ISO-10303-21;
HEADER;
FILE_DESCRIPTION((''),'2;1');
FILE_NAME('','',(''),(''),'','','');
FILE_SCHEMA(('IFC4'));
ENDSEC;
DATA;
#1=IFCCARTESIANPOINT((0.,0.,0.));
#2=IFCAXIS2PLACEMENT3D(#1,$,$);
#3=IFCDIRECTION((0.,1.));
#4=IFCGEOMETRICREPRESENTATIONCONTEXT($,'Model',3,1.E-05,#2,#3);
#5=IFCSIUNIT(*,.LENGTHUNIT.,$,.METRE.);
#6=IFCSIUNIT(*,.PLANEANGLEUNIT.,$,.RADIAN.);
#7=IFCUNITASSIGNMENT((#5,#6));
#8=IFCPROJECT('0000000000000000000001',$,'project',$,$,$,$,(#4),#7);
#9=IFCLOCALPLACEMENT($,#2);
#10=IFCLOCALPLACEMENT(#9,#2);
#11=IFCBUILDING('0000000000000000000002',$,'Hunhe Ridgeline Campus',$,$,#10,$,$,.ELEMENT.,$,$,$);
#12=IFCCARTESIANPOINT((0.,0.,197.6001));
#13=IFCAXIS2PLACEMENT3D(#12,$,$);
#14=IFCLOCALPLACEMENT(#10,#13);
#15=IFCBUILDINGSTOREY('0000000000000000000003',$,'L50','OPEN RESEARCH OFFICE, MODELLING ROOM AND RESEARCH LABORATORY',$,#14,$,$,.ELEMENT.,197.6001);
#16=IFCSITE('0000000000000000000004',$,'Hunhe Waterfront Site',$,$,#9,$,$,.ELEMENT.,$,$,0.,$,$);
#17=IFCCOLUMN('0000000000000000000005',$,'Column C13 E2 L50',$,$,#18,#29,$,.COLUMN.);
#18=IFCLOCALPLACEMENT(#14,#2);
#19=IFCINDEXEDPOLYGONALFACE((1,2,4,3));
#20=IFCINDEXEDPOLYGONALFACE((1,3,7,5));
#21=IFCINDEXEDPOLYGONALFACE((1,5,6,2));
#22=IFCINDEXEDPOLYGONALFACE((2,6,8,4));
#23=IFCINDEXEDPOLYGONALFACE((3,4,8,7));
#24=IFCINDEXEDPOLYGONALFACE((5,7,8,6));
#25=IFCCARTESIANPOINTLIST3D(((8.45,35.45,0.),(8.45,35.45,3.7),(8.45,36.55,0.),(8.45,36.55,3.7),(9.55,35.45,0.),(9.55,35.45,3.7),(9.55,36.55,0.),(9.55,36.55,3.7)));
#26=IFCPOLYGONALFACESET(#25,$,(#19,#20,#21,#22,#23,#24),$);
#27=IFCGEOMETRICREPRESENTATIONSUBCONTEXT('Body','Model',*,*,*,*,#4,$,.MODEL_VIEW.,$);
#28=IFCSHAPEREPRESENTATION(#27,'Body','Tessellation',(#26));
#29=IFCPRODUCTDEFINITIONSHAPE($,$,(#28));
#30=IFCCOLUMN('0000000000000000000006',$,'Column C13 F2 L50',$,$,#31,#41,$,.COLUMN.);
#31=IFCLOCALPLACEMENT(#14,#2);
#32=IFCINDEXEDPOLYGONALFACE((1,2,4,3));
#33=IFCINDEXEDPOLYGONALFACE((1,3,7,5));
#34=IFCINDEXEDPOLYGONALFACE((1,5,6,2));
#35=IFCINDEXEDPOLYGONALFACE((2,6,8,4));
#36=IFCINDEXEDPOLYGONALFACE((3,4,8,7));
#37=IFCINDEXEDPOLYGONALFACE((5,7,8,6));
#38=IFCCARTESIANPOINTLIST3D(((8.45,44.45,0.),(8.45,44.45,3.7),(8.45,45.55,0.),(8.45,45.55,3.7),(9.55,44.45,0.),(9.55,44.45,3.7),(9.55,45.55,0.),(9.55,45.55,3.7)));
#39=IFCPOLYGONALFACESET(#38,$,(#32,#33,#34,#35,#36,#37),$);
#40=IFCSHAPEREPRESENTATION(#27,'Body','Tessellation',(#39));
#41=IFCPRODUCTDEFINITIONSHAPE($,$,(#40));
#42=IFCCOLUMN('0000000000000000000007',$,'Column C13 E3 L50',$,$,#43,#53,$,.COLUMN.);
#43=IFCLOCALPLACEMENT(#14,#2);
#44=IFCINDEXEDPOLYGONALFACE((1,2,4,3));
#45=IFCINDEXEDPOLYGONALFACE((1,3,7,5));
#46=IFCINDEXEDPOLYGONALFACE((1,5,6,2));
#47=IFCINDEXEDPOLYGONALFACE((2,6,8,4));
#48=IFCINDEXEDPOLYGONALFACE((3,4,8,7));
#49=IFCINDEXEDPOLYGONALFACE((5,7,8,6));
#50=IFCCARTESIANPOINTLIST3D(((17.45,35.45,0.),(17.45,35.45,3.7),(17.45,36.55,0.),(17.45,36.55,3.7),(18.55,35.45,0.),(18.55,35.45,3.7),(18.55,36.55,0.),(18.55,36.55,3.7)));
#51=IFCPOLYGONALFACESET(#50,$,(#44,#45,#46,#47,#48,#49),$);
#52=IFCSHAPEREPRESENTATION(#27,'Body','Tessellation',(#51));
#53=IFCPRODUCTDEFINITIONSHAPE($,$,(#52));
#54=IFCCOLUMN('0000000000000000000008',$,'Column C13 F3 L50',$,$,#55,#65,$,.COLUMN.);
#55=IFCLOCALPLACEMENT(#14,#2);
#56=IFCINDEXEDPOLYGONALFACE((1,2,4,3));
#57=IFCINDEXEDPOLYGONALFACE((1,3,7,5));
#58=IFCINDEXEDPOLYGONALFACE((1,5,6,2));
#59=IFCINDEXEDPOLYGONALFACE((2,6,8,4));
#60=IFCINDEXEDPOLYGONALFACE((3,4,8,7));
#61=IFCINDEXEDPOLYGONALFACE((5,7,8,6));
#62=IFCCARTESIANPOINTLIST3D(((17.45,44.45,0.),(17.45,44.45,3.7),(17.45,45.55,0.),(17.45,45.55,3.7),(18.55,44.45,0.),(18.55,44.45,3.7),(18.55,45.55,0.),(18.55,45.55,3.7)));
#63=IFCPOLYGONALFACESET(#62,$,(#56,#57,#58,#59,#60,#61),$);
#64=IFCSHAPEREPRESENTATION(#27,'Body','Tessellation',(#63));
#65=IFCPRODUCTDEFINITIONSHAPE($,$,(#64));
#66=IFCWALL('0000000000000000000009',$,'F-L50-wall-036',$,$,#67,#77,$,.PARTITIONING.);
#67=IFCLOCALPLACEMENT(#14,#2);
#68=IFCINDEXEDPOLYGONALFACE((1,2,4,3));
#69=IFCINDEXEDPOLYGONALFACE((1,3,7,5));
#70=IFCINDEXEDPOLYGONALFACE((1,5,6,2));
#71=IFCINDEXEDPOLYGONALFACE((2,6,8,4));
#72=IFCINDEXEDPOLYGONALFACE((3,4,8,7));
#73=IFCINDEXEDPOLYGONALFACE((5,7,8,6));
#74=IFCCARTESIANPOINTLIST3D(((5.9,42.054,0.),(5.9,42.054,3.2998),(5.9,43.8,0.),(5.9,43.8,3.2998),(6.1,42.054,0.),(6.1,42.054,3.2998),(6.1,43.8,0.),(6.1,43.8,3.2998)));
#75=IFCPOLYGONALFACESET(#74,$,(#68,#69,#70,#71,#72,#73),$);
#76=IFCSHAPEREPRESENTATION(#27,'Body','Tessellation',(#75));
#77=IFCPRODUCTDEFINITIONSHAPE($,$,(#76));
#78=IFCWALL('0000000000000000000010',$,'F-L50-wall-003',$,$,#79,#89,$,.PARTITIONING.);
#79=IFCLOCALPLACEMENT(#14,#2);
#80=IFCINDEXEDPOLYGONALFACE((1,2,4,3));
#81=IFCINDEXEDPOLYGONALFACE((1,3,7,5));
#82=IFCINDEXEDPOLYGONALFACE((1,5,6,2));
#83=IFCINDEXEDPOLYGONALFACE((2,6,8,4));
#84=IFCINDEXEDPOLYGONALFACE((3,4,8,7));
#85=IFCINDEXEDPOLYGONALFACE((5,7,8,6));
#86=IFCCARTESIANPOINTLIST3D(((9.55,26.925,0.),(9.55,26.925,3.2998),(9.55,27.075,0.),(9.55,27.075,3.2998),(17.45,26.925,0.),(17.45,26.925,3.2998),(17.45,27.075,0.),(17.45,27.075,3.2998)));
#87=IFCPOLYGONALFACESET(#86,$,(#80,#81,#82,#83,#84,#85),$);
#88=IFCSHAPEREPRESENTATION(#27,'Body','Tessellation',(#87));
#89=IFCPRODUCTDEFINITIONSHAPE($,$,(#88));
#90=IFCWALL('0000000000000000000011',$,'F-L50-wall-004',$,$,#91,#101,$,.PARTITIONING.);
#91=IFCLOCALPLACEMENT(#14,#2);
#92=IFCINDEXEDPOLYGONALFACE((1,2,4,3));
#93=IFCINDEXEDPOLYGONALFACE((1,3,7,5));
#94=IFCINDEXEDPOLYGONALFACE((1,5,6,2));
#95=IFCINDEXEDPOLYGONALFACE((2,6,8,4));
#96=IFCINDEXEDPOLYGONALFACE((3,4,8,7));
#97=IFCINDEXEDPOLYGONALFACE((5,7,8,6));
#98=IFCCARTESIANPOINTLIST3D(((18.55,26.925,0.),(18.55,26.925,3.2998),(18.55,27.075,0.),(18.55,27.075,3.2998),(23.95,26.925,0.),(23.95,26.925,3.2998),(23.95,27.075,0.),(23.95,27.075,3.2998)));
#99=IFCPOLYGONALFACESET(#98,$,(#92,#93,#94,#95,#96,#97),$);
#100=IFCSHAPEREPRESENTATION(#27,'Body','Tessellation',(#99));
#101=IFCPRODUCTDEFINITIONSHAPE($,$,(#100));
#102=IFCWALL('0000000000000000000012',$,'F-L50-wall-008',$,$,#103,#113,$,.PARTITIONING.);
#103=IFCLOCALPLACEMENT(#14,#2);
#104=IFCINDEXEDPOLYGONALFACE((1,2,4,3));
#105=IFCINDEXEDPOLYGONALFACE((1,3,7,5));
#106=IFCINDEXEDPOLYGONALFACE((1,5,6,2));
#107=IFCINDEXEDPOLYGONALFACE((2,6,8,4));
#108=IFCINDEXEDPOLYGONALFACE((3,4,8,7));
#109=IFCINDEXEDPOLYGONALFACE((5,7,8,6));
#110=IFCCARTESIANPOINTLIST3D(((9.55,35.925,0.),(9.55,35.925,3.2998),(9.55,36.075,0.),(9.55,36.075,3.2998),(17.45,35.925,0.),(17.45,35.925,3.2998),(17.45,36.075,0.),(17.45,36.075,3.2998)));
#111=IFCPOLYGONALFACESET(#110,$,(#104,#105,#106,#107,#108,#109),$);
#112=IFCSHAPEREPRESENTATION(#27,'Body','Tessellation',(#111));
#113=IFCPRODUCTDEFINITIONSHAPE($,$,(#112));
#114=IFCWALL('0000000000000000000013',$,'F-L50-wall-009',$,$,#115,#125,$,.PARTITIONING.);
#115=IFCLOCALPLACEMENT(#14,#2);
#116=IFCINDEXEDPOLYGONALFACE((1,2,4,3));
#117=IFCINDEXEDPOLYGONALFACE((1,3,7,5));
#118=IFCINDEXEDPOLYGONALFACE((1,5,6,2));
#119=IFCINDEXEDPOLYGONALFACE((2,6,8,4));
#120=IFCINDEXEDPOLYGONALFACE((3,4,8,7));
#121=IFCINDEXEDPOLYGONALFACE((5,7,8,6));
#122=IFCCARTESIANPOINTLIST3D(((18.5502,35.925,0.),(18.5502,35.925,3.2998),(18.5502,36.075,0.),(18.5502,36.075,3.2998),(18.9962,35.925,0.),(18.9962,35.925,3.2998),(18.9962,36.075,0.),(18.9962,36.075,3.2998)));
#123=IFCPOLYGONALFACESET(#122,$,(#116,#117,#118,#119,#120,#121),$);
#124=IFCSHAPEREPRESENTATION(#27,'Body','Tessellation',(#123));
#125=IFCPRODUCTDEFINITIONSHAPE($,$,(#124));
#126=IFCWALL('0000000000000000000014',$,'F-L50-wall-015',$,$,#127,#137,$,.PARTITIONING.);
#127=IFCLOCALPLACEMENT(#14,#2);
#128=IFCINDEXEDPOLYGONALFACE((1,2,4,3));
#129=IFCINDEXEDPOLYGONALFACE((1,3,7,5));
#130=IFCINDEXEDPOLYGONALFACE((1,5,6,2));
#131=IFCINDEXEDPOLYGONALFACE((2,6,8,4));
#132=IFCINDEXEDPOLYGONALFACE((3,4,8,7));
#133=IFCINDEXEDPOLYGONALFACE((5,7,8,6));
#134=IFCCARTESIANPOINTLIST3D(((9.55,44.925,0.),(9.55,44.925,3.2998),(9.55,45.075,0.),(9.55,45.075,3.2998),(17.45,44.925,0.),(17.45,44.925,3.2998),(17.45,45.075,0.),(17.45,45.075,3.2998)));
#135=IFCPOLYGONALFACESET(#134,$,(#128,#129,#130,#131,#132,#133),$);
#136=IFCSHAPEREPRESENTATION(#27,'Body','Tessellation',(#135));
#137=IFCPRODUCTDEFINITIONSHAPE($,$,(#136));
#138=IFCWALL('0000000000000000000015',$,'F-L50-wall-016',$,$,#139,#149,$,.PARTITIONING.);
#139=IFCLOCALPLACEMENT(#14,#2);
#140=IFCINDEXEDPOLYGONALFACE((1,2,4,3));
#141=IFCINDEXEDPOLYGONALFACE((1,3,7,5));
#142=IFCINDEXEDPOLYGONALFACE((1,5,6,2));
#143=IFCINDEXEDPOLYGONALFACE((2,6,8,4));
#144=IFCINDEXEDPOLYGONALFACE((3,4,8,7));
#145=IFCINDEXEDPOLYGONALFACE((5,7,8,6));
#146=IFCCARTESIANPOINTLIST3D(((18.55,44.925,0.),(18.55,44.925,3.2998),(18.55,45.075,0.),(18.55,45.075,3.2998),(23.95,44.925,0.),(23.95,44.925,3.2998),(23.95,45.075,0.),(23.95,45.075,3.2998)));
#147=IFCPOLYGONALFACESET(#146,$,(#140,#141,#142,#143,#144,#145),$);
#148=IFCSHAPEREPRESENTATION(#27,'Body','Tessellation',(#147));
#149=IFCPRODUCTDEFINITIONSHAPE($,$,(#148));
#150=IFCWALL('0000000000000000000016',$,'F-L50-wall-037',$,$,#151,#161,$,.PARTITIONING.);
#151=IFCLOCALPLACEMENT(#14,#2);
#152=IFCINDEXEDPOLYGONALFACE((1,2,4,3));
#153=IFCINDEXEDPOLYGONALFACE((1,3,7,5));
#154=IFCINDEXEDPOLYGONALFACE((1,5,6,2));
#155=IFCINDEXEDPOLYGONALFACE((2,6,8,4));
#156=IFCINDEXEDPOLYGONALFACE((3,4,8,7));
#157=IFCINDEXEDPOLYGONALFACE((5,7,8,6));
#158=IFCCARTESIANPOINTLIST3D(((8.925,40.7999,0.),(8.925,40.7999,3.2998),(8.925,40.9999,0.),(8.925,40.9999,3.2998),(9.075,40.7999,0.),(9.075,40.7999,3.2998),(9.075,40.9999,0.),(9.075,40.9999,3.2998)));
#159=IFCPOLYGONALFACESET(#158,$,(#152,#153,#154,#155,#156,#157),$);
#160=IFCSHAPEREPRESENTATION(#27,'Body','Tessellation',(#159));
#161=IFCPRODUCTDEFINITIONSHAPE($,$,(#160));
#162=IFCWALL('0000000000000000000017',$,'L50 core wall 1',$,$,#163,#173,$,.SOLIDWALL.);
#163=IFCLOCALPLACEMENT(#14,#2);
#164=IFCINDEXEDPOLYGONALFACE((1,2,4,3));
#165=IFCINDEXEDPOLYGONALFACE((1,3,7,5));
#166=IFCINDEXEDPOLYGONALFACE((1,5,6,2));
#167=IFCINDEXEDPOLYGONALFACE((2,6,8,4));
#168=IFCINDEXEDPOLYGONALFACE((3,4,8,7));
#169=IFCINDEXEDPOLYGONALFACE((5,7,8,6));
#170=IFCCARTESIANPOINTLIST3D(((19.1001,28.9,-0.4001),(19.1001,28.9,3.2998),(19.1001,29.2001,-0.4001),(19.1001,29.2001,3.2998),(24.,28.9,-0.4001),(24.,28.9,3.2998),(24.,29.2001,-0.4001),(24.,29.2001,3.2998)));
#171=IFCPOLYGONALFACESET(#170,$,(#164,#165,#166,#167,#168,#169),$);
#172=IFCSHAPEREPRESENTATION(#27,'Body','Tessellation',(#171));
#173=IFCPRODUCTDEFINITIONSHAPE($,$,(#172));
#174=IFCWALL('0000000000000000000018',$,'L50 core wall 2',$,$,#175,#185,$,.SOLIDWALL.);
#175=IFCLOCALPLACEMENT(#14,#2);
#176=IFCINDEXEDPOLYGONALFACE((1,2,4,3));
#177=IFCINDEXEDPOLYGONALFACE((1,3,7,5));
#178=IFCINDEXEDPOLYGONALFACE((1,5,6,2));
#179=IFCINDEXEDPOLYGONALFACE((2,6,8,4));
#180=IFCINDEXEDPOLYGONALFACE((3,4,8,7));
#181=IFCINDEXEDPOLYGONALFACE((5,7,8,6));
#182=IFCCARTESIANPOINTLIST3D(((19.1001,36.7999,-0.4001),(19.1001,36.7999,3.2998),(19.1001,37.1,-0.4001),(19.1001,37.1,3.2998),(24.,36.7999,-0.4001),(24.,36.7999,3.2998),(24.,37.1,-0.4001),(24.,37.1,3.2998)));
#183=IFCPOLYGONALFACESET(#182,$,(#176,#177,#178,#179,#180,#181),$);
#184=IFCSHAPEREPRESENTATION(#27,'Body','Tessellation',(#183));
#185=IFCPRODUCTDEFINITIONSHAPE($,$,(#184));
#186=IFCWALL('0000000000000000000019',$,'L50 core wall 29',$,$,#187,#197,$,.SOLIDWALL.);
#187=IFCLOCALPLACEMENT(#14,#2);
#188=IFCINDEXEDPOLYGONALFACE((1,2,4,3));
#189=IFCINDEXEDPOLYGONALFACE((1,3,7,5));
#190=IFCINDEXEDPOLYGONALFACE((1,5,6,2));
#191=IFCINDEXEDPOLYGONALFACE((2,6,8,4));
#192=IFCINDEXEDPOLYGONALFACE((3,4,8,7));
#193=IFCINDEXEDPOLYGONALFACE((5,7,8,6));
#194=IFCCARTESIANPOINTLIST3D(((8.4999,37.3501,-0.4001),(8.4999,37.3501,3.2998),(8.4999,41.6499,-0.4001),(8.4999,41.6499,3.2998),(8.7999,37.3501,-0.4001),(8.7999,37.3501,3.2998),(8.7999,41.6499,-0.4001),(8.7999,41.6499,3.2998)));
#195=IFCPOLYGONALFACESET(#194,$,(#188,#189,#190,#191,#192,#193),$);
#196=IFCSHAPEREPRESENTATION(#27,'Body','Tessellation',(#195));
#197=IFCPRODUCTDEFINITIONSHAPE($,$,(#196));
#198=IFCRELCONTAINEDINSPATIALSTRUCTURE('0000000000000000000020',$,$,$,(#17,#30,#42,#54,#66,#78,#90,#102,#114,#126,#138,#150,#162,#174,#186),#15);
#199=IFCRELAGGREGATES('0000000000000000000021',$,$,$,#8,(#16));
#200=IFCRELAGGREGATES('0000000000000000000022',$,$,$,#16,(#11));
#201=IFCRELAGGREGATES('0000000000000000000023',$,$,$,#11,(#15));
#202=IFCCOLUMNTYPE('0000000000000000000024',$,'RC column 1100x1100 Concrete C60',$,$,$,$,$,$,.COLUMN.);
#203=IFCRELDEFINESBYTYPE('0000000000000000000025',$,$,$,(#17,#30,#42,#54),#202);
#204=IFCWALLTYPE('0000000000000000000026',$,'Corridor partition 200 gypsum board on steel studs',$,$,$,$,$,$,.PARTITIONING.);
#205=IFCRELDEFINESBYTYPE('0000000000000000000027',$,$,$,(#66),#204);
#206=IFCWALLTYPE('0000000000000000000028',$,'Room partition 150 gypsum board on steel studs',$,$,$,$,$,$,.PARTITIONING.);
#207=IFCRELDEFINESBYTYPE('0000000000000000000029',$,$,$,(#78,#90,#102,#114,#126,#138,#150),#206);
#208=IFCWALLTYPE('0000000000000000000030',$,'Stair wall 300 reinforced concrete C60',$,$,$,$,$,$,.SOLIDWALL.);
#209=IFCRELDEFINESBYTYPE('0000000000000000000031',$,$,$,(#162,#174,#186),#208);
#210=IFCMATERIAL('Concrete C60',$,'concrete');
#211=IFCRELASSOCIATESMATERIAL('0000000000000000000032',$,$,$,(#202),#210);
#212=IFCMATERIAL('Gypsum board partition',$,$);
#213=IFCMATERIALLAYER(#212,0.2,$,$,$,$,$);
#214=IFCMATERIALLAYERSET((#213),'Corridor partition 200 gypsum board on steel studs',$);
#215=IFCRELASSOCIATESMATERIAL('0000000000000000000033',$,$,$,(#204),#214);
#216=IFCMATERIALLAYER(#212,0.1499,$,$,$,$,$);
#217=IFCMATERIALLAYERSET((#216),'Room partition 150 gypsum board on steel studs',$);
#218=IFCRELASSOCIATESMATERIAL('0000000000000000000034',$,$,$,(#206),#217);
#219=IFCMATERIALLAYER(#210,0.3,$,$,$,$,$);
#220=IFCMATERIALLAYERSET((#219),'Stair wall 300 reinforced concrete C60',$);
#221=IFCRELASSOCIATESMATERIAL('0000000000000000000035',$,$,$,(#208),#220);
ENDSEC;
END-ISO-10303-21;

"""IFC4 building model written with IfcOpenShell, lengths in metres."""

from ifc_helpers import new_model, si_unit, direction, frame, frame_2d, origin, origin_2d, place, context, subcontext, project, spatial, rectangle, extrude, material, layer, layer_set, material_profile, profile_set, type_object, element, save


model = new_model("IFC4")

# Units and contexts
model_context = context("Model", 3, precision=1e-05, world=origin(), true_north=direction((0.0, 1.0)))
body_context = subcontext(model_context, "Body", "Model", "MODEL_VIEW")
ifc_project = project(units=[si_unit("LENGTHUNIT", "METRE"), si_unit("PLANEANGLEUNIT", "RADIAN")], contexts=[model_context])

# Site, building, storey
site_placement = place(None, origin())
site = spatial("IfcSite", under=ifc_project, at=site_placement, Name="Hunhe Waterfront Site", CompositionType="ELEMENT", RefElevation=0.0)
building_placement = place(site_placement, origin())
building = spatial("IfcBuilding", under=site, at=building_placement, Name="Hunhe Ridgeline Campus", CompositionType="ELEMENT")
storey_placement = place(building_placement, frame((0.0, 0.0, 197.6001)))
storey = spatial("IfcBuildingStorey", under=building, at=storey_placement, Name="L50", Description="OPEN RESEARCH OFFICE, MODELLING ROOM AND RESEARCH LABORATORY", CompositionType="ELEMENT", Elevation=197.6001)

# Columns
ifc_material_1 = material(Name="Concrete C60", Category="concrete")
ifc_material_profile = material_profile(ifc_material_1, rectangle(XDim=1.1001, YDim=1.1001, at=origin_2d()))
ifc_profile_set = profile_set([ifc_material_profile], Name="Concrete C60")
column_type = type_object("IfcColumnType", Name="RC column 1100x1100 Concrete C60", PredefinedType="COLUMN", material=ifc_profile_set)
for number, where, z_axis, x_axis, name in (
    (1, (9.0, 36.0, 0.0), (0.0, 0.0, 1.0), (1.0, 0.0, 0.0), "Column C13 E2 L50"),
    (2, (9.0, 45.0, 0.0), (0.0, 0.0, 1.0), (1.0, 0.0, 0.0), "Column C13 F2 L50"),
    (3, (18.0, 36.0, 0.0), (0.0, 0.0, 1.0), (1.0, 0.0, 0.0), "Column C13 E3 L50"),
    (4, (18.0, 45.0, 0.0), (0.0, 0.0, 1.0), (1.0, 0.0, 0.0), "Column C13 F3 L50"),
):
    element("IfcColumn", number, at=place(storey_placement, frame(where, z_axis=z_axis, x_axis=x_axis)), inside=storey, type_object=column_type, Name=name, PredefinedType="COLUMN", context=body_context, shape_type="SweptSolid", body=[
        extrude(rectangle(XDim=1.1001, YDim=1.1001, at=origin_2d()), origin(), (0.0, 0.0, 1.0), 3.7),
    ])

# Shared definitions
ifc_material_2 = material(Name="Gypsum board partition")
ifc_layer_1 = layer(ifc_material_2, 0.2)
ifc_layer_set_1 = layer_set([ifc_layer_1], Name="Corridor partition 200 gypsum board on steel studs")
wall_type_1 = type_object("IfcWallType", Name="Corridor partition 200 gypsum board on steel studs", PredefinedType="PARTITIONING", material=ifc_layer_set_1)

# Walls
wall_1_placement = place(storey_placement, frame((6.0, 42.054, 0.0), z_axis=(0.0, 0.0, 1.0), x_axis=(0.0, 1.0, 0.0)))
element("IfcWall", 5, at=wall_1_placement, inside=storey, type_object=wall_type_1, Name="F-L50-wall-036", PredefinedType="PARTITIONING", context=body_context, shape_type="SweptSolid", body=[
    extrude(rectangle(XDim=1.7461, YDim=0.2, at=frame_2d((0.873, 0.0))), origin(), (0.0, 0.0, 1.0), 3.2998),
])
ifc_layer_2 = layer(ifc_material_2, 0.1499)
ifc_layer_set_2 = layer_set([ifc_layer_2], Name="Room partition 150 gypsum board on steel studs")
wall_type_2 = type_object("IfcWallType", Name="Room partition 150 gypsum board on steel studs", PredefinedType="PARTITIONING", material=ifc_layer_set_2)
wall_2_placement = place(storey_placement, frame((9.55, 27.0, 0.0), z_axis=(0.0, 0.0, 1.0), x_axis=(1.0, 0.0, 0.0)))
element("IfcWall", 6, at=wall_2_placement, inside=storey, type_object=wall_type_2, Name="F-L50-wall-003", PredefinedType="PARTITIONING", context=body_context, shape_type="SweptSolid", body=[
    extrude(rectangle(XDim=7.8999, YDim=0.1499, at=frame_2d((3.95, 0.0))), origin(), (0.0, 0.0, 1.0), 3.2998),
])
wall_3_placement = place(storey_placement, frame((18.55, 27.0, 0.0), z_axis=(0.0, 0.0, 1.0), x_axis=(1.0, 0.0, 0.0)))
element("IfcWall", 7, at=wall_3_placement, inside=storey, type_object=wall_type_2, Name="F-L50-wall-004", PredefinedType="PARTITIONING", context=body_context, shape_type="SweptSolid", body=[
    extrude(rectangle(XDim=5.3999, YDim=0.1499, at=frame_2d((2.7, 0.0))), origin(), (0.0, 0.0, 1.0), 3.2998),
])
wall_4_placement = place(storey_placement, frame((9.55, 36.0, 0.0), z_axis=(0.0, 0.0, 1.0), x_axis=(1.0, 0.0, 0.0)))
element("IfcWall", 8, at=wall_4_placement, inside=storey, type_object=wall_type_2, Name="F-L50-wall-008", PredefinedType="PARTITIONING", context=body_context, shape_type="SweptSolid", body=[
    extrude(rectangle(XDim=7.8999, YDim=0.1499, at=frame_2d((3.95, 0.0))), origin(), (0.0, 0.0, 1.0), 3.2998),
])
wall_5_placement = place(storey_placement, frame((18.55, 36.0, 0.0), z_axis=(0.0, 0.0, 1.0), x_axis=(1.0, 0.0, 0.0)))
element("IfcWall", 9, at=wall_5_placement, inside=storey, type_object=wall_type_2, Name="F-L50-wall-009", PredefinedType="PARTITIONING", context=body_context, shape_type="SweptSolid", body=[
    extrude(rectangle(XDim=0.446, YDim=0.1499, at=frame_2d((0.2231, 0.0))), origin(), (0.0, 0.0, 1.0), 3.2998),
])
wall_6_placement = place(storey_placement, frame((9.55, 45.0, 0.0), z_axis=(0.0, 0.0, 1.0), x_axis=(1.0, 0.0, 0.0)))
element("IfcWall", 10, at=wall_6_placement, inside=storey, type_object=wall_type_2, Name="F-L50-wall-015", PredefinedType="PARTITIONING", context=body_context, shape_type="SweptSolid", body=[
    extrude(rectangle(XDim=7.8999, YDim=0.1499, at=frame_2d((3.95, 0.0))), origin(), (0.0, 0.0, 1.0), 3.2998),
])
wall_7_placement = place(storey_placement, frame((18.55, 45.0, 0.0), z_axis=(0.0, 0.0, 1.0), x_axis=(1.0, 0.0, 0.0)))
element("IfcWall", 11, at=wall_7_placement, inside=storey, type_object=wall_type_2, Name="F-L50-wall-016", PredefinedType="PARTITIONING", context=body_context, shape_type="SweptSolid", body=[
    extrude(rectangle(XDim=5.3999, YDim=0.1499, at=frame_2d((2.7, 0.0))), origin(), (0.0, 0.0, 1.0), 3.2998),
])
wall_8_placement = place(storey_placement, frame((9.0, 41.0, 0.0), z_axis=(0.0, 0.0, 1.0), x_axis=(0.0, -1.0, 0.0)))
element("IfcWall", 12, at=wall_8_placement, inside=storey, type_object=wall_type_2, Name="F-L50-wall-037", PredefinedType="PARTITIONING", context=body_context, shape_type="SweptSolid", body=[
    extrude(rectangle(XDim=0.2, YDim=0.1499, at=frame_2d((0.1001, 0.0))), origin(), (0.0, 0.0, 1.0), 3.2998),
])
ifc_layer_3 = layer(ifc_material_1, 0.3)
ifc_layer_set_3 = layer_set([ifc_layer_3], Name="Stair wall 300 reinforced concrete C60")
wall_type_3 = type_object("IfcWallType", Name="Stair wall 300 reinforced concrete C60", PredefinedType="SOLIDWALL", material=ifc_layer_set_3)
for number, where, z_axis, x_axis, name in (
    (13, (19.1001, 29.05, -0.4001), (0.0, 0.0, 1.0), (1.0, 0.0, 0.0), "L50 core wall 1"),
    (14, (19.1001, 36.95, -0.4001), (0.0, 0.0, 1.0), (1.0, 0.0, 0.0), "L50 core wall 2"),
):
    element("IfcWall", number, at=place(storey_placement, frame(where, z_axis=z_axis, x_axis=x_axis)), inside=storey, type_object=wall_type_3, Name=name, PredefinedType="SOLIDWALL", context=body_context, shape_type="SweptSolid", body=[
        extrude(rectangle(XDim=4.8999, YDim=0.3, at=frame_2d((2.45, 0.0))), origin(), (0.0, 0.0, 1.0), 3.7),
    ])
wall_9_placement = place(storey_placement, frame((8.6499, 37.3501, -0.4001), z_axis=(0.0, 0.0, 1.0), x_axis=(0.0, 1.0, 0.0)))
element("IfcWall", 15, at=wall_9_placement, inside=storey, type_object=wall_type_3, Name="L50 core wall 29", PredefinedType="SOLIDWALL", context=body_context, shape_type="SweptSolid", body=[
    extrude(rectangle(XDim=4.2998, YDim=0.3, at=frame_2d((2.1499, 0.0))), origin(), (0.0, 0.0, 1.0), 3.7),
])

save(model, "model.ifc")
